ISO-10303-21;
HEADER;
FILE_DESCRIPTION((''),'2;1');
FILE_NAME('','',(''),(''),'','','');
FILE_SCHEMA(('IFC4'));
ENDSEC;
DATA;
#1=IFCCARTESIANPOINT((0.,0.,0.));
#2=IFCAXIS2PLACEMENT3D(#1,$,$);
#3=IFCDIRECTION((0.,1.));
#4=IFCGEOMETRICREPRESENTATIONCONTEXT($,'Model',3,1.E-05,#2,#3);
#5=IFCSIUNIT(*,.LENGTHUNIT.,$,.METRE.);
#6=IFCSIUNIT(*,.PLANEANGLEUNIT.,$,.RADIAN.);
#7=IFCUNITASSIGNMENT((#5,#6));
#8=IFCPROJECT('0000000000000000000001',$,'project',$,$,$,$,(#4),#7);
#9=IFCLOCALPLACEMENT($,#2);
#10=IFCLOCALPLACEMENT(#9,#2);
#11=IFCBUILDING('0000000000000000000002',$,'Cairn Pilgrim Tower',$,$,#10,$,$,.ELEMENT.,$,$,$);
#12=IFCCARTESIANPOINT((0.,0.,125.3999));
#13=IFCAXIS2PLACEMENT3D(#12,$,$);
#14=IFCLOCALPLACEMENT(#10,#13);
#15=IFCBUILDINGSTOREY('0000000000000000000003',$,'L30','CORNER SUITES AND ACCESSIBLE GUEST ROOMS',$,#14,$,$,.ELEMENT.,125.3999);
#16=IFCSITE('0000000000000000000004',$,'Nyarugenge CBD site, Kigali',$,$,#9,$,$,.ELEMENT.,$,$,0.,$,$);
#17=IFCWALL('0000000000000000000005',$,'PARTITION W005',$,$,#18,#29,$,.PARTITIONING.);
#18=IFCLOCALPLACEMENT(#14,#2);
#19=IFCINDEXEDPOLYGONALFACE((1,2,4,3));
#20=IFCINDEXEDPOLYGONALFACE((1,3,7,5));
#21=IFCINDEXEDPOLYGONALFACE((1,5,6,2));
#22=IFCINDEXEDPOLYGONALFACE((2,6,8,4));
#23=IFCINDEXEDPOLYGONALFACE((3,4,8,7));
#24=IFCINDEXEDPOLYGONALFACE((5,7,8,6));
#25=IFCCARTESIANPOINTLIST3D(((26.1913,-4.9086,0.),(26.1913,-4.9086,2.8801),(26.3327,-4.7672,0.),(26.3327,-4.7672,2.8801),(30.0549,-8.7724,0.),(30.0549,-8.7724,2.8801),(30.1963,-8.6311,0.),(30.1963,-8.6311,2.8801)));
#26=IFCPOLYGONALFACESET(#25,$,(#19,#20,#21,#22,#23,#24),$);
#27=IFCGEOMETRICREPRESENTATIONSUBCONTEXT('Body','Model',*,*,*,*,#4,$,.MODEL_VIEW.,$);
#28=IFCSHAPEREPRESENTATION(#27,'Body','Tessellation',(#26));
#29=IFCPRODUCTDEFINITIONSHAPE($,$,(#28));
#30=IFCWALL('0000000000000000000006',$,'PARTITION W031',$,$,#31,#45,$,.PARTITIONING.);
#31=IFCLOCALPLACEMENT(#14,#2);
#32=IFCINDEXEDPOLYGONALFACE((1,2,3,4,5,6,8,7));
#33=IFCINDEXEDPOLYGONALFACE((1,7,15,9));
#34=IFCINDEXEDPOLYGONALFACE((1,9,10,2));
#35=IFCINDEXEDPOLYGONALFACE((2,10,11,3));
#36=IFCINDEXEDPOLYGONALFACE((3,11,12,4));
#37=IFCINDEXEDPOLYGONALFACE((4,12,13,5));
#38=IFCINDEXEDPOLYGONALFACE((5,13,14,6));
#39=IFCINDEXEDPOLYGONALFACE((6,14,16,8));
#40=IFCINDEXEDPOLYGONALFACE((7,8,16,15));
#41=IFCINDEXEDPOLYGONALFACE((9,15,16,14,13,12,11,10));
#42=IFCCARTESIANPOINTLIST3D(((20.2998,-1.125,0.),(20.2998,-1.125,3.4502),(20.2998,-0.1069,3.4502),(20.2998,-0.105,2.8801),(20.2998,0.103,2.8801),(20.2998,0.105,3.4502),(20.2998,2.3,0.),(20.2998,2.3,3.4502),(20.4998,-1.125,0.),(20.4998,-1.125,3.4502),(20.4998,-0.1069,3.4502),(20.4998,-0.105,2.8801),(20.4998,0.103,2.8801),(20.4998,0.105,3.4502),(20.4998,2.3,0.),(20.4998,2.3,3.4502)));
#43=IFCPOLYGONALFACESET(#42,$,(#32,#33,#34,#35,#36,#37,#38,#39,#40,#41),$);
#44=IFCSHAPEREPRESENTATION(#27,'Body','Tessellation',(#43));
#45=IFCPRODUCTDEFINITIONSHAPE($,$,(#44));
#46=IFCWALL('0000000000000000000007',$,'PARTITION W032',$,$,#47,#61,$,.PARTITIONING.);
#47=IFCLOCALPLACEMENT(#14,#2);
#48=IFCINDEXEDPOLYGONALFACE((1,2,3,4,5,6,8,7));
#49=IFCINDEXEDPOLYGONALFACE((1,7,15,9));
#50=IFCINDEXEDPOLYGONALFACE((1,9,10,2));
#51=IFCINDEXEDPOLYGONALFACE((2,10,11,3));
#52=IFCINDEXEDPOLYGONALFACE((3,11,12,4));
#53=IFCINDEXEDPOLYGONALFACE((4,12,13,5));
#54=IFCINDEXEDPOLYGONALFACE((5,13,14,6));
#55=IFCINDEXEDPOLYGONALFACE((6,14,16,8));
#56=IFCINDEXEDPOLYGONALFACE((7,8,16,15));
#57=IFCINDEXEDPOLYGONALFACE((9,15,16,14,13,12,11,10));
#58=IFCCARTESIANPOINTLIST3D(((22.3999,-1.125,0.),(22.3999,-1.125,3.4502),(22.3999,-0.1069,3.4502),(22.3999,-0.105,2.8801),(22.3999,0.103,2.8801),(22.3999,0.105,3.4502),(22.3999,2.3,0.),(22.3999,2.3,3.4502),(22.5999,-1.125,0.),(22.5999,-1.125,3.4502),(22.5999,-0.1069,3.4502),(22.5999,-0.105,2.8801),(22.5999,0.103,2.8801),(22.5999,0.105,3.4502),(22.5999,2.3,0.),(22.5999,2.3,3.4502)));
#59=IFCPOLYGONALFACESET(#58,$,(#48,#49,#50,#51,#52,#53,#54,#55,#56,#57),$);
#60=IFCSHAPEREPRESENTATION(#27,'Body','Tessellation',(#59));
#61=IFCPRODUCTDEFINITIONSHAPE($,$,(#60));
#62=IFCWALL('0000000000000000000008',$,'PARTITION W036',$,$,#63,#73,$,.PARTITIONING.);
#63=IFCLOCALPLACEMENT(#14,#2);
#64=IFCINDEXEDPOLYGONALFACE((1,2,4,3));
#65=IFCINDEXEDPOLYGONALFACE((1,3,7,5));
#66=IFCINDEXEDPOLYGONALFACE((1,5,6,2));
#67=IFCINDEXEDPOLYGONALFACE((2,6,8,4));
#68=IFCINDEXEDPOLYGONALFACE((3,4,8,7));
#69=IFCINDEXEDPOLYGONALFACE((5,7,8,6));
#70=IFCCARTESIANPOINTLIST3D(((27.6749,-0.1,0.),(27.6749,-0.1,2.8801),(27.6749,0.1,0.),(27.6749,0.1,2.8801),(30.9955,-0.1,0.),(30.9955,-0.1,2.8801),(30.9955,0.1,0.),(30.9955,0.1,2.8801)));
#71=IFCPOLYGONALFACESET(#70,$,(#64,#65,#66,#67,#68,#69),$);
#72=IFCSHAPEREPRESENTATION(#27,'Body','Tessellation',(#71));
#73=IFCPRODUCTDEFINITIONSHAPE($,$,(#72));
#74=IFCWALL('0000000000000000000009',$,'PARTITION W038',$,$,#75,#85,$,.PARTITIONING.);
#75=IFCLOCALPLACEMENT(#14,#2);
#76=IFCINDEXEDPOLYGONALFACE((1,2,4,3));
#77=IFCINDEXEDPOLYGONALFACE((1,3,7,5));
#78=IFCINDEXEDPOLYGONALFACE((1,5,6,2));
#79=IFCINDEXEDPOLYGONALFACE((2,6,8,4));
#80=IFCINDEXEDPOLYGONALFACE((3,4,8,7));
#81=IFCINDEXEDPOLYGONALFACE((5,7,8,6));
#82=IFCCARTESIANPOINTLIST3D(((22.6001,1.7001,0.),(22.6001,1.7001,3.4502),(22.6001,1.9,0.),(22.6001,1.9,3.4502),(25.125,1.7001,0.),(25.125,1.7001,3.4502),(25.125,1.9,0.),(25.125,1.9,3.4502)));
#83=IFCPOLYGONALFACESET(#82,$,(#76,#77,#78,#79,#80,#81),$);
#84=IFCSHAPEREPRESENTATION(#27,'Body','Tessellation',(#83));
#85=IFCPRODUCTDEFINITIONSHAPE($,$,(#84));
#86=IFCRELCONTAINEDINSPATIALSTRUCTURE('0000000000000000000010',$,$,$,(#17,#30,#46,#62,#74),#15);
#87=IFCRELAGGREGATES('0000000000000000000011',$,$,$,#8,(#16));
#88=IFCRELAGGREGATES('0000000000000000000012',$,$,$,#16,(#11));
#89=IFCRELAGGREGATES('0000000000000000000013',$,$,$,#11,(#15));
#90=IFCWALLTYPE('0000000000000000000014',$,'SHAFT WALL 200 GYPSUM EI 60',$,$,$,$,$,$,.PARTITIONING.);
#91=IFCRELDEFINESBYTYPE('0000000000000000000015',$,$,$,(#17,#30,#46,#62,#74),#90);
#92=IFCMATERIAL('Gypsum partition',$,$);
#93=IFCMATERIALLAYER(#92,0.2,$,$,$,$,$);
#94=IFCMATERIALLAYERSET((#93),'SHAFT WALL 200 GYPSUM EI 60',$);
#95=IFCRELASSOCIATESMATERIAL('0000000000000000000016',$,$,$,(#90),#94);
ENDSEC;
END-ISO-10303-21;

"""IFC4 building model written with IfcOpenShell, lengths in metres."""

from ifc_helpers import new_model, si_unit, direction, frame, frame_2d, origin, place, context, subcontext, project, spatial, polyline, rectangle, outline, extrude, material, layer, layer_set, type_object, element, save


model = new_model("IFC4")

# Units and contexts
model_context = context("Model", 3, precision=1e-05, world=origin(), true_north=direction((0.0, 1.0)))
body_context = subcontext(model_context, "Body", "Model", "MODEL_VIEW")
ifc_project = project(units=[si_unit("LENGTHUNIT", "METRE"), si_unit("PLANEANGLEUNIT", "RADIAN")], contexts=[model_context])

# Site, building, storey
site_placement = place(None, origin())
site = spatial("IfcSite", under=ifc_project, at=site_placement, Name="Nyarugenge CBD site, Kigali", CompositionType="ELEMENT", RefElevation=0.0)
building_placement = place(site_placement, origin())
building = spatial("IfcBuilding", under=site, at=building_placement, Name="Cairn Pilgrim Tower", CompositionType="ELEMENT")
storey_placement = place(building_placement, frame((0.0, 0.0, 125.3999)))
storey = spatial("IfcBuildingStorey", under=building, at=storey_placement, Name="L30", Description="CORNER SUITES AND ACCESSIBLE GUEST ROOMS", CompositionType="ELEMENT", Elevation=125.3999)

# Shared definitions
ifc_material_1 = material(Name="Gypsum partition")

# Walls
ifc_layer_1 = layer(ifc_material_1, 0.2)
ifc_layer_set_1 = layer_set([ifc_layer_1], Name="SHAFT WALL 200 GYPSUM EI 60")
wall_type_1 = type_object("IfcWallType", Name="SHAFT WALL 200 GYPSUM EI 60", PredefinedType="PARTITIONING", material=ifc_layer_set_1)
wall_1_placement = place(storey_placement, frame((30.1255, -8.7017, 0.0), z_axis=(0.0, 0.0, 1.0), x_axis=(-0.707084, 0.707129, 0.0)))
element("IfcWall", 1, at=wall_1_placement, inside=storey, type_object=wall_type_1, Name="PARTITION W005", PredefinedType="PARTITIONING", context=body_context, shape_type="SweptSolid", body=[
    extrude(rectangle(XDim=5.4641, YDim=0.2, at=frame_2d((2.7319, 0.0))), origin(), (0.0, 0.0, 1.0), 2.8801),
])
for number, where, z_axis, x_axis, name in (
    (2, (20.3999, -1.125, 0.0), (0.0, 0.0, 1.0), (0.0, 1.0, 0.0), "PARTITION W031"),
    (3, (22.5, -1.125, 0.0), (0.0, 0.0, 1.0), (0.0, 1.0, 0.0), "PARTITION W032"),
):
    element("IfcWall", number, at=place(storey_placement, frame(where, z_axis=z_axis, x_axis=x_axis)), inside=storey, type_object=wall_type_1, Name=name, PredefinedType="PARTITIONING", context=body_context, shape_type="SweptSolid", body=[
        extrude(outline(polyline([(0.0, 0.0), (3.425, 0.0), (3.425, 3.4502), (1.23, 3.4502), (1.228, 2.8801), (1.02, 2.8801), (1.0181, 3.4502), (0.0, 3.4502), (0.0, 0.0)])), frame((0.0, 0.1001, 0.0), z_axis=(0.0, -1.0, 0.0), x_axis=(1.0, 0.0, 0.0)), (0.0, 0.0, 1.0), 0.2),
    ])
wall_2_placement = place(storey_placement, frame((27.675, 0.0, 0.0), z_axis=(0.0, 0.0, 1.0), x_axis=(1.0, 0.0, 0.0)))
element("IfcWall", 4, at=wall_2_placement, inside=storey, type_object=wall_type_1, Name="PARTITION W036", PredefinedType="PARTITIONING", context=body_context, shape_type="SweptSolid", body=[
    extrude(rectangle(XDim=3.3206, YDim=0.2, at=frame_2d((1.6602, 0.0))), origin(), (0.0, 0.0, 1.0), 2.8801),
])
wall_3_placement = place(storey_placement, frame((22.6001, 1.8, 0.0), z_axis=(0.0, 0.0, 1.0), x_axis=(1.0, 0.0, 0.0)))
element("IfcWall", 5, at=wall_3_placement, inside=storey, type_object=wall_type_1, Name="PARTITION W038", PredefinedType="PARTITIONING", context=body_context, shape_type="SweptSolid", body=[
    extrude(rectangle(XDim=2.5249, YDim=0.2, at=frame_2d((1.2625, 0.0))), origin(), (0.0, 0.0, 1.0), 3.4502),
])

save(model, "model.ifc")
